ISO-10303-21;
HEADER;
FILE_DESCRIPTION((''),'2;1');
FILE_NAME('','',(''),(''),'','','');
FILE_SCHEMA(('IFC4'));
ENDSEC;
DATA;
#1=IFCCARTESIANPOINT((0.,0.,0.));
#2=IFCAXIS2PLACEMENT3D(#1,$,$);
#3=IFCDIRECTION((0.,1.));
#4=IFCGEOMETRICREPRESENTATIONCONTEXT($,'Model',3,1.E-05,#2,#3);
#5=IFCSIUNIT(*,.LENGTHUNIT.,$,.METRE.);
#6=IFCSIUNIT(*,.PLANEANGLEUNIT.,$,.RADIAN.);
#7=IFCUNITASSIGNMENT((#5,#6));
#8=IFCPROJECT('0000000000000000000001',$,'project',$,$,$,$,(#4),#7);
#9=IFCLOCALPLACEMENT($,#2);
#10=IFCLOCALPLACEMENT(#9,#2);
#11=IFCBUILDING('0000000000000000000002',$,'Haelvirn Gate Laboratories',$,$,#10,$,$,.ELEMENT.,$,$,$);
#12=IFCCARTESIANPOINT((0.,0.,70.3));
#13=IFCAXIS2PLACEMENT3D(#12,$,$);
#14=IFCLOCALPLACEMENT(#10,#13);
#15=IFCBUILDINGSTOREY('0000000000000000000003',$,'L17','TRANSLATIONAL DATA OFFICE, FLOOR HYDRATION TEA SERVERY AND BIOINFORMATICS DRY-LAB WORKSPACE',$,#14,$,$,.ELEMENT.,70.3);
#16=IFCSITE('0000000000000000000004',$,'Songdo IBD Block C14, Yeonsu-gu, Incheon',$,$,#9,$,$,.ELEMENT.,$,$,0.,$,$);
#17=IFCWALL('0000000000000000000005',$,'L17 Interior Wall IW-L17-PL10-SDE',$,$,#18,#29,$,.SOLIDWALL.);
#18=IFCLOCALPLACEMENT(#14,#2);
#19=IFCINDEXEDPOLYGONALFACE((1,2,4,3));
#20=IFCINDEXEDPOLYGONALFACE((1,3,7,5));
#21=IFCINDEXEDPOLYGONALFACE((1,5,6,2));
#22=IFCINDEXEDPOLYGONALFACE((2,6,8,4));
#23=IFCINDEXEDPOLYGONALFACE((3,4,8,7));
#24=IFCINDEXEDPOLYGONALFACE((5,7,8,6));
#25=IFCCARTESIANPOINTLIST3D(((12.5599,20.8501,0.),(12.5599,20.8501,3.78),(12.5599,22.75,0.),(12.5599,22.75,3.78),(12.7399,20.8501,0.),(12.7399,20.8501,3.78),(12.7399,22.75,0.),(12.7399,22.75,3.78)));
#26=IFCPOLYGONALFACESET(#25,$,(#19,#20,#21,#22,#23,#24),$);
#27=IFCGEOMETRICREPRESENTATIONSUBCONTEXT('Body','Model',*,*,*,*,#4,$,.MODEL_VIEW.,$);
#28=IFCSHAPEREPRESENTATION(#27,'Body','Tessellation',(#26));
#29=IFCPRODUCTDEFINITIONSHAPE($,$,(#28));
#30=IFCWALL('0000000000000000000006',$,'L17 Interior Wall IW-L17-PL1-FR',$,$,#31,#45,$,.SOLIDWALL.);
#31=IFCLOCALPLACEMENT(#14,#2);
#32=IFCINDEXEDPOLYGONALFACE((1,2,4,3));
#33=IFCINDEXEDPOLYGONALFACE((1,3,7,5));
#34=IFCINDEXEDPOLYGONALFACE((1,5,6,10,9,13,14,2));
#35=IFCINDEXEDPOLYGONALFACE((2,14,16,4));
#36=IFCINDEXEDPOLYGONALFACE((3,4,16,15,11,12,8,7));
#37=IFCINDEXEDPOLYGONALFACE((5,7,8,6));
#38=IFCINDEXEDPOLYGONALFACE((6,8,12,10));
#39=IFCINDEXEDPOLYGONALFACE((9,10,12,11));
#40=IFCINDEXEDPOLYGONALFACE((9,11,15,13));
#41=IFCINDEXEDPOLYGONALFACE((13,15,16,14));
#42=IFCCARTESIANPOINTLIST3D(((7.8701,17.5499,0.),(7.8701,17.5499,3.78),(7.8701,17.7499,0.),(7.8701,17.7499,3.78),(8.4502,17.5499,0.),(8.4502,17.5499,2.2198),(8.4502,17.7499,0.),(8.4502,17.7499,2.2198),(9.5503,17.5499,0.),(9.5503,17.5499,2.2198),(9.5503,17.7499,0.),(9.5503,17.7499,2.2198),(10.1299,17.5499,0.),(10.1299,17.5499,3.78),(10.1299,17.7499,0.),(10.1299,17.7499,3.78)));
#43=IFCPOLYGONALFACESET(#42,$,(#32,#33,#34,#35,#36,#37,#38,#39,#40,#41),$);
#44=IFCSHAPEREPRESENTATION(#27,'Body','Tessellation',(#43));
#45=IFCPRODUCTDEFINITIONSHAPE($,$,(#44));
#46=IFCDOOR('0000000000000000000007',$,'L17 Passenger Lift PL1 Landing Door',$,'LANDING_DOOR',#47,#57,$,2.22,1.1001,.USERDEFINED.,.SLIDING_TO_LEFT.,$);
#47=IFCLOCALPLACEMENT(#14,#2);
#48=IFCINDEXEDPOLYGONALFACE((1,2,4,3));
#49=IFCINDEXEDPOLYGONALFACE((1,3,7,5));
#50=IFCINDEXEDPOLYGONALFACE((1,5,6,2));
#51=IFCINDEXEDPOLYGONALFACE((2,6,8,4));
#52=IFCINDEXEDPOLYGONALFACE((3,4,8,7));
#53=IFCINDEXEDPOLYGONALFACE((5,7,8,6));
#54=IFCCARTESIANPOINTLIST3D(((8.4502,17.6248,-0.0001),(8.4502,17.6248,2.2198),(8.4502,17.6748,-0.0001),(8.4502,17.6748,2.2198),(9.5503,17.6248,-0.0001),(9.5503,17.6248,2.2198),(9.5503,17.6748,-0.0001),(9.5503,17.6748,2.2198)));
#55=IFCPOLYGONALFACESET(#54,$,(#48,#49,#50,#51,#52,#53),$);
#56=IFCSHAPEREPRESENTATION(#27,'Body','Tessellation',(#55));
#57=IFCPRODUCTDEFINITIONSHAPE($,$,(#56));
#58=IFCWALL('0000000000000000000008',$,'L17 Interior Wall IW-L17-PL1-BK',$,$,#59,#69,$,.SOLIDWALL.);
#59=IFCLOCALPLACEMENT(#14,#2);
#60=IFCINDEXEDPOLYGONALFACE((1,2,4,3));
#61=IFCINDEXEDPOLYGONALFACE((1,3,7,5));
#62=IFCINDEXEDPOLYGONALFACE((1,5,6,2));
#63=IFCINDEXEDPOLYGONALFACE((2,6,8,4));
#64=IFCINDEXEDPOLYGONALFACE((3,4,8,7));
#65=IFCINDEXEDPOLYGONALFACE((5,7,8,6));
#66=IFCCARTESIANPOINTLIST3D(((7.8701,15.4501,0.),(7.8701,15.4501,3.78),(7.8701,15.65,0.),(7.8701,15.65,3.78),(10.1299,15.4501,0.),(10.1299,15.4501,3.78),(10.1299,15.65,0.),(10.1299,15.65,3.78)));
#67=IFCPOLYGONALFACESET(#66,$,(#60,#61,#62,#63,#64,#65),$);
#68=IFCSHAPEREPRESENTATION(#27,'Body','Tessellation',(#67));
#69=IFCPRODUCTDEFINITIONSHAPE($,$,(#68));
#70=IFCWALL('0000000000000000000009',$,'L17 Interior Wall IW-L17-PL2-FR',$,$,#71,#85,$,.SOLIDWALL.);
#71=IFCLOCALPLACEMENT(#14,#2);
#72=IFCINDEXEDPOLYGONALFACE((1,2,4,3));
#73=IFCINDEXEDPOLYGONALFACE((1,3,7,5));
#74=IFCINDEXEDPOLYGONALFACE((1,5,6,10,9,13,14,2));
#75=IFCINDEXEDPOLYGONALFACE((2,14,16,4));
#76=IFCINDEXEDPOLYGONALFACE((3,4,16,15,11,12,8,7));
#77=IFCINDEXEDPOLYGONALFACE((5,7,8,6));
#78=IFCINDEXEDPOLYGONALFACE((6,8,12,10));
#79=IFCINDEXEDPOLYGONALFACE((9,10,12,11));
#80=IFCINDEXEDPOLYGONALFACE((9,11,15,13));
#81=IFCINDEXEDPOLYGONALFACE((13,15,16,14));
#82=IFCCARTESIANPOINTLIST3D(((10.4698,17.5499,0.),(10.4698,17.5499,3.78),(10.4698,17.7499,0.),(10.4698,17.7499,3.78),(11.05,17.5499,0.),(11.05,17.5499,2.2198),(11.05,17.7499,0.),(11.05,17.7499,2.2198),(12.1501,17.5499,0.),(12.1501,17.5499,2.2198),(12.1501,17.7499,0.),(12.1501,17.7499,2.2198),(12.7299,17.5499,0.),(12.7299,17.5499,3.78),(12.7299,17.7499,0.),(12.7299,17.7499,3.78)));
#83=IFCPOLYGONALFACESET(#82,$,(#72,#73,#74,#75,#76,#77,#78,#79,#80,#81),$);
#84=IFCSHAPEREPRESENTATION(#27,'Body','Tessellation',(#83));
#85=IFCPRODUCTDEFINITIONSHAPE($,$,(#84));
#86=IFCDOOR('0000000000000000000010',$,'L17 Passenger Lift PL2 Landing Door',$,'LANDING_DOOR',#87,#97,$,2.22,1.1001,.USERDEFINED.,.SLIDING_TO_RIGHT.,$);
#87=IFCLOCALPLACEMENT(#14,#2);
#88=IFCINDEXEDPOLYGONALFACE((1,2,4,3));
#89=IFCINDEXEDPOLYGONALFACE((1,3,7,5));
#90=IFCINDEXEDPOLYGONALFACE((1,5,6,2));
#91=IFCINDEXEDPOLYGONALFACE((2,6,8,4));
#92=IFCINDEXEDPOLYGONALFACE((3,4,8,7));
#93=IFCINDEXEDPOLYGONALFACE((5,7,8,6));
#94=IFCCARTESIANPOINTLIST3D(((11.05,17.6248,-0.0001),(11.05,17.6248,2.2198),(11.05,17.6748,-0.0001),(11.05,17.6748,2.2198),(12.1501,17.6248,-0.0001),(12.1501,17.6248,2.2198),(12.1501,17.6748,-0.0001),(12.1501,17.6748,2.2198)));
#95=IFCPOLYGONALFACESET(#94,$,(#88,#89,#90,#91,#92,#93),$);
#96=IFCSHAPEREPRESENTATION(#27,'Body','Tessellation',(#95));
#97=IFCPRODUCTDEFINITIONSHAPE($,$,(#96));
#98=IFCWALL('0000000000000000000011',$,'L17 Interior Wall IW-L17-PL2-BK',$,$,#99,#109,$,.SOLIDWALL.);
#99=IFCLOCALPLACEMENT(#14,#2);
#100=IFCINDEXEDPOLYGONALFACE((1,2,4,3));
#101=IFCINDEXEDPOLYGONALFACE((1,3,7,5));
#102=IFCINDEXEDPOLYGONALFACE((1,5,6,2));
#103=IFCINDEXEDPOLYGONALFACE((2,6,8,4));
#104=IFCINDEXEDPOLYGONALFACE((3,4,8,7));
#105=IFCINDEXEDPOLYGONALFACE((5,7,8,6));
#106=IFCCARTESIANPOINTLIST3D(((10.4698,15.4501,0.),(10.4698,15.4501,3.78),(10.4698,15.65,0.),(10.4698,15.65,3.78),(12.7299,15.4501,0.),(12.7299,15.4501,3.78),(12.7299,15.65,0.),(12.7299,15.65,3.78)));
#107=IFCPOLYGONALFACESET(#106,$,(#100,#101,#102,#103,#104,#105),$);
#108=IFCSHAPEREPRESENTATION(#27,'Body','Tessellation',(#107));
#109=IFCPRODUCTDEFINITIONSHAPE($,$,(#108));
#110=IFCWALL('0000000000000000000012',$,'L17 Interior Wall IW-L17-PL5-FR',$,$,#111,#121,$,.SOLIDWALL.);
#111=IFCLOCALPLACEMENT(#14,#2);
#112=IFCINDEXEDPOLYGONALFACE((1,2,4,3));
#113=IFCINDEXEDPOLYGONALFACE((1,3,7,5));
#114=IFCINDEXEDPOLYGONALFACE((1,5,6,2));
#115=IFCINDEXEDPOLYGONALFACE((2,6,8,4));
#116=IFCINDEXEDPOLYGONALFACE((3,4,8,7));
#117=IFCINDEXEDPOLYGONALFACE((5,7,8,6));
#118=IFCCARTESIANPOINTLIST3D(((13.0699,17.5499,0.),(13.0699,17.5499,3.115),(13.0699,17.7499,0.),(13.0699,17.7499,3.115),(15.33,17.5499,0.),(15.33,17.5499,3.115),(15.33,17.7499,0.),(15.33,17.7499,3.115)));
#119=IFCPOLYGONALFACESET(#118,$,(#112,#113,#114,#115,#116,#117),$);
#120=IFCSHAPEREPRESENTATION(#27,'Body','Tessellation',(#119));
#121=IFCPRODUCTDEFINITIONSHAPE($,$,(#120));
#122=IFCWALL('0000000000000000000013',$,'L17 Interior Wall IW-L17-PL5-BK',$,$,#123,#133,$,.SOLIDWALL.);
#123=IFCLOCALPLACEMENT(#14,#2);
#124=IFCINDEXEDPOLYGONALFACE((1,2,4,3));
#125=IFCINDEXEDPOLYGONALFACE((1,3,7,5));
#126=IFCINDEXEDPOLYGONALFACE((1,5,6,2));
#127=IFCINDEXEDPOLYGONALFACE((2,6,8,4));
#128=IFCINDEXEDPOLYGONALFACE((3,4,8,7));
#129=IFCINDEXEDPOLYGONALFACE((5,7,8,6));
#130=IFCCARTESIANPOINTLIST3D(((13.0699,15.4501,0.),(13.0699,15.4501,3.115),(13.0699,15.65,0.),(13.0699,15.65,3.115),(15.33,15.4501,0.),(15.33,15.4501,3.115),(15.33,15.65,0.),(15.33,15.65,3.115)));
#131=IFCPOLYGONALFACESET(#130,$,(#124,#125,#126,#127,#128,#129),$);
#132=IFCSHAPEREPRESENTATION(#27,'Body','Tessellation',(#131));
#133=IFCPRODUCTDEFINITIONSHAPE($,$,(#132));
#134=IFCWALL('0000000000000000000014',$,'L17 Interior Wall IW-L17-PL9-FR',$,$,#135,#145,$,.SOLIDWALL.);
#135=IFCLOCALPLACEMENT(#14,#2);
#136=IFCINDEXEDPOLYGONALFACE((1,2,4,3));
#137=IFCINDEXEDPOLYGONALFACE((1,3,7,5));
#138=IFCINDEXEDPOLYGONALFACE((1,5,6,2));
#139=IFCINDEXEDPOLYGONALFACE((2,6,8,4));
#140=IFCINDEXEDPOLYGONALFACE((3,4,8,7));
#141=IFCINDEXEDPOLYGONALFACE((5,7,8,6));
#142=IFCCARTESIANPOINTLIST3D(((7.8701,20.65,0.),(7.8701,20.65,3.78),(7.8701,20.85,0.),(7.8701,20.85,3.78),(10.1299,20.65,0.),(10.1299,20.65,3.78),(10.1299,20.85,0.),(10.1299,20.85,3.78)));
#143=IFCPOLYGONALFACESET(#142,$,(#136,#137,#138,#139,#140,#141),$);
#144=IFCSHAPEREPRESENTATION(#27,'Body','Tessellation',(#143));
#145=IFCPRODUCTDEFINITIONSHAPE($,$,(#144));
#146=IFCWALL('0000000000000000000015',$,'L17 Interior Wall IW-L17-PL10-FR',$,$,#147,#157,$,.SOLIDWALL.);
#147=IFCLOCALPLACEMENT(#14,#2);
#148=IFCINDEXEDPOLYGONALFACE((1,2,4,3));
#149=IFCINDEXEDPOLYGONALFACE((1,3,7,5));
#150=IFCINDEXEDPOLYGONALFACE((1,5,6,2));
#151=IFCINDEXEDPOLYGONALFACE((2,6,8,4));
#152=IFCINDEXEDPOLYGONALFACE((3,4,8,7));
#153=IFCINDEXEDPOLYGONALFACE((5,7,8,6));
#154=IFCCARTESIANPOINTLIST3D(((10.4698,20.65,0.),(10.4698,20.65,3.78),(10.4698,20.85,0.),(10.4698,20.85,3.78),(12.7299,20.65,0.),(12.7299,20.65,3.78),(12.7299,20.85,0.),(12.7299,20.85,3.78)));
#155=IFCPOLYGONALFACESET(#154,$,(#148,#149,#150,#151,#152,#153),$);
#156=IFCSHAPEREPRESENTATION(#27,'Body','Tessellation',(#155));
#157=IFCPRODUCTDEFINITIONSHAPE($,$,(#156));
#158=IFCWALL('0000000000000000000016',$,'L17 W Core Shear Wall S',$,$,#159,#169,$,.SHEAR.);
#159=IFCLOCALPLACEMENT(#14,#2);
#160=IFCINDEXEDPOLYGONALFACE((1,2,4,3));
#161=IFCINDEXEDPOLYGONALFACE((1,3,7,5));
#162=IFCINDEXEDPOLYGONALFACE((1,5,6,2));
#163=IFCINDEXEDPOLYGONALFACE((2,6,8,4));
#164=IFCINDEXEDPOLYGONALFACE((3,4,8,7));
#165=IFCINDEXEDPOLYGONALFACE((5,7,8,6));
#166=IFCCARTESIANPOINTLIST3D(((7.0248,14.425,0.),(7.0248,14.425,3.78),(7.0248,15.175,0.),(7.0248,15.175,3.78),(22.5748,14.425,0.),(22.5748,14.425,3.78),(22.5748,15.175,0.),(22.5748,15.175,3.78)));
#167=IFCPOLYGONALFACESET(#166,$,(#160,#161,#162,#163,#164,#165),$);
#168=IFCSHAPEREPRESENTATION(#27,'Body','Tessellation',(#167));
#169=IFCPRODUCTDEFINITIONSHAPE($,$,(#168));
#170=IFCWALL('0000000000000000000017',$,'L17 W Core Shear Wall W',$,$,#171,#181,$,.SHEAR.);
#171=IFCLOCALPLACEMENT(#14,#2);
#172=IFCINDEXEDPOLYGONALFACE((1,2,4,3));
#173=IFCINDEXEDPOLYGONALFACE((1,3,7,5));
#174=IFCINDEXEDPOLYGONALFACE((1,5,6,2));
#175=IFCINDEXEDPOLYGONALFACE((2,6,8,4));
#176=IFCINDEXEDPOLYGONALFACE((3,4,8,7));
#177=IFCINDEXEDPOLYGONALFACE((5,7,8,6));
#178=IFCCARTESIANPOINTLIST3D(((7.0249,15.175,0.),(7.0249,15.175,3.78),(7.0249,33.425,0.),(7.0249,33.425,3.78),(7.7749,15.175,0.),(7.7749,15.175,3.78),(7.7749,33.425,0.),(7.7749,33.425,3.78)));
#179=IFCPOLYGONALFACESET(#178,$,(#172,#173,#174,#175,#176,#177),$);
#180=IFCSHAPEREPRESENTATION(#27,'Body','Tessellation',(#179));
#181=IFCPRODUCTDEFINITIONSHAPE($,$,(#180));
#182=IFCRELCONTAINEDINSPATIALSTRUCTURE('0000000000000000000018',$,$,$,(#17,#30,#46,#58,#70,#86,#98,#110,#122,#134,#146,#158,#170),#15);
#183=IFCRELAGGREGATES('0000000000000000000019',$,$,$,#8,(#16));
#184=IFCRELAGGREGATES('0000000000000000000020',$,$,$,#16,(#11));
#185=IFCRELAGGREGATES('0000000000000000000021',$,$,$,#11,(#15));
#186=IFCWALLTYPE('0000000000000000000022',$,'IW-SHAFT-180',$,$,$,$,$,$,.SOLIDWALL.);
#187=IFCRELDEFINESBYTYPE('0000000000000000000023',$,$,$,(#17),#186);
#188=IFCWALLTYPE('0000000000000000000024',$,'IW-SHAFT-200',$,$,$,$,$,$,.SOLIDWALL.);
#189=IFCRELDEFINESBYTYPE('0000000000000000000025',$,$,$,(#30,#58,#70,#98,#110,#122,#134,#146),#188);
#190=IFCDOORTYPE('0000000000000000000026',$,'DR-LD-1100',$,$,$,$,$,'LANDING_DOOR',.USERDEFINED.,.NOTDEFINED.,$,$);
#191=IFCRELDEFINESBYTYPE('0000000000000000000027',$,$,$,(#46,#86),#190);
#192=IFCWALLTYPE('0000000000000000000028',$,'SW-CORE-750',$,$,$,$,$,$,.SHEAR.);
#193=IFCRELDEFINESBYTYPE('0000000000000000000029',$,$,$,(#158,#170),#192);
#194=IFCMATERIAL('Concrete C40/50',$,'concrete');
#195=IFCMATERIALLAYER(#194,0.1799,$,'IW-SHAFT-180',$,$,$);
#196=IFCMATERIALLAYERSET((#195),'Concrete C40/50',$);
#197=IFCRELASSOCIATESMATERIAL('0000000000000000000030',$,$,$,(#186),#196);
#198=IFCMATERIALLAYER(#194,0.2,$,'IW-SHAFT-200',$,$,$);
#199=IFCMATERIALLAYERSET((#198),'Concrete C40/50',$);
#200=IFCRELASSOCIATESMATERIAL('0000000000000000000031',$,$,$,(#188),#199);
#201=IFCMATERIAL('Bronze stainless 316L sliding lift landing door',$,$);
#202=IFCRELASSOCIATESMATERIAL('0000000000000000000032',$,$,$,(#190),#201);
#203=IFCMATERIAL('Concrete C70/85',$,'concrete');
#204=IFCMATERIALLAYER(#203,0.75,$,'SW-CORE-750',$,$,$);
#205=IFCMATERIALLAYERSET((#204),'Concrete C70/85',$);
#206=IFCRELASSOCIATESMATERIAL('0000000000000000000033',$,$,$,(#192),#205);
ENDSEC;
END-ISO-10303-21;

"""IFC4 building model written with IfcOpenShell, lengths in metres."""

from ifc_helpers import new_model, si_unit, direction, frame, frame_2d, origin, place, context, subcontext, project, spatial, rectangle, extrude, source, transform, mapped, material, layer, layer_set, type_object, type_shapes, element, fill, save


model = new_model("IFC4")

# Units and contexts
model_context = context("Model", 3, precision=1e-05, world=origin(), true_north=direction((0.0, 1.0)))
body_context = subcontext(model_context, "Body", "Model", "MODEL_VIEW")
ifc_project = project(units=[si_unit("LENGTHUNIT", "METRE"), si_unit("PLANEANGLEUNIT", "RADIAN")], contexts=[model_context])

# Site, building, storey
site_placement = place(None, origin())
site = spatial("IfcSite", under=ifc_project, at=site_placement, Name="Songdo IBD Block C14, Yeonsu-gu, Incheon", CompositionType="ELEMENT", RefElevation=0.0)
building_placement = place(site_placement, origin())
building = spatial("IfcBuilding", under=site, at=building_placement, Name="Haelvirn Gate Laboratories", CompositionType="ELEMENT")
storey_placement = place(building_placement, frame((0.0, 0.0, 70.3)))
storey = spatial("IfcBuildingStorey", under=building, at=storey_placement, Name="L17", Description="TRANSLATIONAL DATA OFFICE, FLOOR HYDRATION TEA SERVERY AND BIOINFORMATICS DRY-LAB WORKSPACE", CompositionType="ELEMENT", Elevation=70.3)

# Shared definitions
ifc_material_1 = material(Name="Concrete C70/85", Category="concrete")

# Wall
ifc_material_2 = material(Name="Concrete C40/50", Category="concrete")
ifc_layer_1 = layer(ifc_material_2, 0.1799, Name="IW-SHAFT-180")
ifc_layer_set_1 = layer_set([ifc_layer_1], Name="Concrete C40/50")
wall_type_1 = type_object("IfcWallType", Name="IW-SHAFT-180", PredefinedType="SOLIDWALL", material=ifc_layer_set_1)
for number, where, z_axis, x_axis, name in (
    (1, (12.6499, 20.8501, 0.0), (0.0, 0.0, 1.0), (0.0, 1.0, 0.0), "L17 Interior Wall IW-L17-PL10-SDE"),
):
    element("IfcWall", number, at=place(storey_placement, frame(where, z_axis=z_axis, x_axis=x_axis)), inside=storey, type_object=wall_type_1, Name=name, PredefinedType="SOLIDWALL", context=body_context, shape_type="SweptSolid", body=[
        extrude(rectangle(XDim=1.8999, YDim=0.1799, at=frame_2d((0.95, 0.0))), origin(), (0.0, 0.0, 1.0), 3.78),
    ])

# Wall, opening, door
ifc_layer_2 = layer(ifc_material_2, 0.2, Name="IW-SHAFT-200")
ifc_layer_set_2 = layer_set([ifc_layer_2], Name="Concrete C40/50")
wall_type_2 = type_object("IfcWallType", Name="IW-SHAFT-200", PredefinedType="SOLIDWALL", material=ifc_layer_set_2)
wall_1_placement = place(storey_placement, frame((7.8701, 17.6499, 0.0), z_axis=(0.0, 0.0, 1.0), x_axis=(1.0, 0.0, 0.0)))
wall_1 = element("IfcWall", 2, at=wall_1_placement, inside=storey, type_object=wall_type_2, Name="L17 Interior Wall IW-L17-PL1-FR", PredefinedType="SOLIDWALL", context=body_context, shape_type="SweptSolid", body=[
    extrude(rectangle(XDim=2.2598, YDim=0.2, at=frame_2d((1.1299, 0.0))), origin(), (0.0, 0.0, 1.0), 3.78),
])
opening_1_placement = place(wall_1_placement, frame((0.5801, 0.0, 0.0)))
opening_1 = element("IfcOpeningElement", 3, at=opening_1_placement, cuts=wall_1, PredefinedType="OPENING", context=body_context, shape_type="SweptSolid", body=[
    extrude(rectangle(XDim=1.1001, YDim=2.22, at=frame_2d((0.55, 1.1099))), frame((0.0, 0.1099, 0.0), z_axis=(0.0, -1.0, 0.0), x_axis=(1.0, 0.0, 0.0)), (0.0, 0.0, 1.0), 0.22),
])
ifc_material_3 = material(Name="Bronze stainless 316L sliding lift landing door")
door_type_1 = type_object("IfcDoorType", Name="DR-LD-1100", ElementType="LANDING_DOOR", OperationType="NOTDEFINED", PredefinedType="USERDEFINED", material=ifc_material_3)
shared_shape_1 = source(origin(), body_context, "Body", "SweptSolid", [
    extrude(rectangle(XDim=1.1001, YDim=2.22, at=frame_2d((0.55, 1.1099))), frame((0.0, 0.0249, 0.0), z_axis=(0.0, -1.0, 0.0), x_axis=(1.0, 0.0, 0.0)), (0.0, 0.0, 1.0), 0.05),
])
type_shapes(door_type_1, [shared_shape_1])
door_1_placement = place(opening_1_placement, origin())
door_1 = element("IfcDoor", 4, at=door_1_placement, inside=storey, type_object=door_type_1, Name="L17 Passenger Lift PL1 Landing Door", ObjectType="LANDING_DOOR", OperationType="SLIDING_TO_LEFT", OverallHeight=2.22, OverallWidth=1.1001, PredefinedType="USERDEFINED", context=body_context, shape_type="MappedRepresentation", body=[
    mapped(shared_shape_1, transform((0.0, 0.0, 0.0), scale=1.0)),
])
fill(opening_1, door_1)

# Wall
wall_2_placement = place(storey_placement, frame((7.8701, 15.55, 0.0), z_axis=(0.0, 0.0, 1.0), x_axis=(1.0, 0.0, 0.0)))
element("IfcWall", 5, at=wall_2_placement, inside=storey, type_object=wall_type_2, Name="L17 Interior Wall IW-L17-PL1-BK", PredefinedType="SOLIDWALL", context=body_context, shape_type="SweptSolid", body=[
    extrude(rectangle(XDim=2.2598, YDim=0.2, at=frame_2d((1.1299, 0.0))), origin(), (0.0, 0.0, 1.0), 3.78),
])

# Wall, opening, door
wall_3_placement = place(storey_placement, frame((10.47, 17.6499, 0.0), z_axis=(0.0, 0.0, 1.0), x_axis=(1.0, 0.0, 0.0)))
wall_3 = element("IfcWall", 6, at=wall_3_placement, inside=storey, type_object=wall_type_2, Name="L17 Interior Wall IW-L17-PL2-FR", PredefinedType="SOLIDWALL", context=body_context, shape_type="SweptSolid", body=[
    extrude(rectangle(XDim=2.26, YDim=0.2, at=frame_2d((1.1299, 0.0))), origin(), (0.0, 0.0, 1.0), 3.78),
])
opening_2_placement = place(wall_3_placement, frame((0.5801, 0.0, 0.0)))
opening_2 = element("IfcOpeningElement", 7, at=opening_2_placement, cuts=wall_3, PredefinedType="OPENING", context=body_context, shape_type="SweptSolid", body=[
    extrude(rectangle(XDim=1.1001, YDim=2.22, at=frame_2d((0.55, 1.1099))), frame((0.0, 0.1099, 0.0), z_axis=(0.0, -1.0, 0.0), x_axis=(1.0, 0.0, 0.0)), (0.0, 0.0, 1.0), 0.22),
])
door_2_placement = place(opening_2_placement, origin())
door_2 = element("IfcDoor", 8, at=door_2_placement, inside=storey, type_object=door_type_1, Name="L17 Passenger Lift PL2 Landing Door", ObjectType="LANDING_DOOR", OperationType="SLIDING_TO_RIGHT", OverallHeight=2.22, OverallWidth=1.1001, PredefinedType="USERDEFINED", context=body_context, shape_type="MappedRepresentation", body=[
    mapped(shared_shape_1, transform((0.0, 0.0, 0.0), scale=1.0)),
])
fill(opening_2, door_2)

# Walls
wall_4_placement = place(storey_placement, frame((10.47, 15.55, 0.0), z_axis=(0.0, 0.0, 1.0), x_axis=(1.0, 0.0, 0.0)))
element("IfcWall", 9, at=wall_4_placement, inside=storey, type_object=wall_type_2, Name="L17 Interior Wall IW-L17-PL2-BK", PredefinedType="SOLIDWALL", context=body_context, shape_type="SweptSolid", body=[
    extrude(rectangle(XDim=2.26, YDim=0.2, at=frame_2d((1.1299, 0.0))), origin(), (0.0, 0.0, 1.0), 3.78),
])
for number, where, z_axis, x_axis, name in (
    (10, (13.0701, 17.6499, 0.0), (0.0, 0.0, 1.0), (1.0, 0.0, 0.0), "L17 Interior Wall IW-L17-PL5-FR"),
    (11, (13.0701, 15.55, 0.0), (0.0, 0.0, 1.0), (1.0, 0.0, 0.0), "L17 Interior Wall IW-L17-PL5-BK"),
):
    element("IfcWall", number, at=place(storey_placement, frame(where, z_axis=z_axis, x_axis=x_axis)), inside=storey, type_object=wall_type_2, Name=name, PredefinedType="SOLIDWALL", context=body_context, shape_type="SweptSolid", body=[
        extrude(rectangle(XDim=2.26, YDim=0.2, at=frame_2d((1.1299, 0.0))), origin(), (0.0, 0.0, 1.0), 3.115),
    ])
wall_5_placement = place(storey_placement, frame((7.8701, 20.75, 0.0), z_axis=(0.0, 0.0, 1.0), x_axis=(1.0, 0.0, 0.0)))
element("IfcWall", 12, at=wall_5_placement, inside=storey, type_object=wall_type_2, Name="L17 Interior Wall IW-L17-PL9-FR", PredefinedType="SOLIDWALL", context=body_context, shape_type="SweptSolid", body=[
    extrude(rectangle(XDim=2.2598, YDim=0.2, at=frame_2d((1.1299, 0.0))), origin(), (0.0, 0.0, 1.0), 3.78),
])
wall_6_placement = place(storey_placement, frame((10.47, 20.75, 0.0), z_axis=(0.0, 0.0, 1.0), x_axis=(1.0, 0.0, 0.0)))
element("IfcWall", 13, at=wall_6_placement, inside=storey, type_object=wall_type_2, Name="L17 Interior Wall IW-L17-PL10-FR", PredefinedType="SOLIDWALL", context=body_context, shape_type="SweptSolid", body=[
    extrude(rectangle(XDim=2.26, YDim=0.2, at=frame_2d((1.1299, 0.0))), origin(), (0.0, 0.0, 1.0), 3.78),
])
ifc_layer_3 = layer(ifc_material_1, 0.75, Name="SW-CORE-750")
ifc_layer_set_3 = layer_set([ifc_layer_3], Name="Concrete C70/85")
wall_type_3 = type_object("IfcWallType", Name="SW-CORE-750", PredefinedType="SHEAR", material=ifc_layer_set_3)
wall_7_placement = place(storey_placement, frame((7.0249, 14.8, 0.0), z_axis=(0.0, 0.0, 1.0), x_axis=(1.0, 0.0, 0.0)))
element("IfcWall", 14, at=wall_7_placement, inside=storey, type_object=wall_type_3, Name="L17 W Core Shear Wall S", PredefinedType="SHEAR", context=body_context, shape_type="SweptSolid", body=[
    extrude(rectangle(XDim=15.55, YDim=0.75, at=frame_2d((7.7749, 0.0))), origin(), (0.0, 0.0, 1.0), 3.78),
])
wall_8_placement = place(storey_placement, frame((7.3999, 15.175, 0.0), z_axis=(0.0, 0.0, 1.0), x_axis=(0.0, 1.0, 0.0)))
element("IfcWall", 15, at=wall_8_placement, inside=storey, type_object=wall_type_3, Name="L17 W Core Shear Wall W", PredefinedType="SHEAR", context=body_context, shape_type="SweptSolid", body=[
    extrude(rectangle(XDim=18.25, YDim=0.75, at=frame_2d((9.125, 0.0))), origin(), (0.0, 0.0, 1.0), 3.78),
])

save(model, "model.ifc")
